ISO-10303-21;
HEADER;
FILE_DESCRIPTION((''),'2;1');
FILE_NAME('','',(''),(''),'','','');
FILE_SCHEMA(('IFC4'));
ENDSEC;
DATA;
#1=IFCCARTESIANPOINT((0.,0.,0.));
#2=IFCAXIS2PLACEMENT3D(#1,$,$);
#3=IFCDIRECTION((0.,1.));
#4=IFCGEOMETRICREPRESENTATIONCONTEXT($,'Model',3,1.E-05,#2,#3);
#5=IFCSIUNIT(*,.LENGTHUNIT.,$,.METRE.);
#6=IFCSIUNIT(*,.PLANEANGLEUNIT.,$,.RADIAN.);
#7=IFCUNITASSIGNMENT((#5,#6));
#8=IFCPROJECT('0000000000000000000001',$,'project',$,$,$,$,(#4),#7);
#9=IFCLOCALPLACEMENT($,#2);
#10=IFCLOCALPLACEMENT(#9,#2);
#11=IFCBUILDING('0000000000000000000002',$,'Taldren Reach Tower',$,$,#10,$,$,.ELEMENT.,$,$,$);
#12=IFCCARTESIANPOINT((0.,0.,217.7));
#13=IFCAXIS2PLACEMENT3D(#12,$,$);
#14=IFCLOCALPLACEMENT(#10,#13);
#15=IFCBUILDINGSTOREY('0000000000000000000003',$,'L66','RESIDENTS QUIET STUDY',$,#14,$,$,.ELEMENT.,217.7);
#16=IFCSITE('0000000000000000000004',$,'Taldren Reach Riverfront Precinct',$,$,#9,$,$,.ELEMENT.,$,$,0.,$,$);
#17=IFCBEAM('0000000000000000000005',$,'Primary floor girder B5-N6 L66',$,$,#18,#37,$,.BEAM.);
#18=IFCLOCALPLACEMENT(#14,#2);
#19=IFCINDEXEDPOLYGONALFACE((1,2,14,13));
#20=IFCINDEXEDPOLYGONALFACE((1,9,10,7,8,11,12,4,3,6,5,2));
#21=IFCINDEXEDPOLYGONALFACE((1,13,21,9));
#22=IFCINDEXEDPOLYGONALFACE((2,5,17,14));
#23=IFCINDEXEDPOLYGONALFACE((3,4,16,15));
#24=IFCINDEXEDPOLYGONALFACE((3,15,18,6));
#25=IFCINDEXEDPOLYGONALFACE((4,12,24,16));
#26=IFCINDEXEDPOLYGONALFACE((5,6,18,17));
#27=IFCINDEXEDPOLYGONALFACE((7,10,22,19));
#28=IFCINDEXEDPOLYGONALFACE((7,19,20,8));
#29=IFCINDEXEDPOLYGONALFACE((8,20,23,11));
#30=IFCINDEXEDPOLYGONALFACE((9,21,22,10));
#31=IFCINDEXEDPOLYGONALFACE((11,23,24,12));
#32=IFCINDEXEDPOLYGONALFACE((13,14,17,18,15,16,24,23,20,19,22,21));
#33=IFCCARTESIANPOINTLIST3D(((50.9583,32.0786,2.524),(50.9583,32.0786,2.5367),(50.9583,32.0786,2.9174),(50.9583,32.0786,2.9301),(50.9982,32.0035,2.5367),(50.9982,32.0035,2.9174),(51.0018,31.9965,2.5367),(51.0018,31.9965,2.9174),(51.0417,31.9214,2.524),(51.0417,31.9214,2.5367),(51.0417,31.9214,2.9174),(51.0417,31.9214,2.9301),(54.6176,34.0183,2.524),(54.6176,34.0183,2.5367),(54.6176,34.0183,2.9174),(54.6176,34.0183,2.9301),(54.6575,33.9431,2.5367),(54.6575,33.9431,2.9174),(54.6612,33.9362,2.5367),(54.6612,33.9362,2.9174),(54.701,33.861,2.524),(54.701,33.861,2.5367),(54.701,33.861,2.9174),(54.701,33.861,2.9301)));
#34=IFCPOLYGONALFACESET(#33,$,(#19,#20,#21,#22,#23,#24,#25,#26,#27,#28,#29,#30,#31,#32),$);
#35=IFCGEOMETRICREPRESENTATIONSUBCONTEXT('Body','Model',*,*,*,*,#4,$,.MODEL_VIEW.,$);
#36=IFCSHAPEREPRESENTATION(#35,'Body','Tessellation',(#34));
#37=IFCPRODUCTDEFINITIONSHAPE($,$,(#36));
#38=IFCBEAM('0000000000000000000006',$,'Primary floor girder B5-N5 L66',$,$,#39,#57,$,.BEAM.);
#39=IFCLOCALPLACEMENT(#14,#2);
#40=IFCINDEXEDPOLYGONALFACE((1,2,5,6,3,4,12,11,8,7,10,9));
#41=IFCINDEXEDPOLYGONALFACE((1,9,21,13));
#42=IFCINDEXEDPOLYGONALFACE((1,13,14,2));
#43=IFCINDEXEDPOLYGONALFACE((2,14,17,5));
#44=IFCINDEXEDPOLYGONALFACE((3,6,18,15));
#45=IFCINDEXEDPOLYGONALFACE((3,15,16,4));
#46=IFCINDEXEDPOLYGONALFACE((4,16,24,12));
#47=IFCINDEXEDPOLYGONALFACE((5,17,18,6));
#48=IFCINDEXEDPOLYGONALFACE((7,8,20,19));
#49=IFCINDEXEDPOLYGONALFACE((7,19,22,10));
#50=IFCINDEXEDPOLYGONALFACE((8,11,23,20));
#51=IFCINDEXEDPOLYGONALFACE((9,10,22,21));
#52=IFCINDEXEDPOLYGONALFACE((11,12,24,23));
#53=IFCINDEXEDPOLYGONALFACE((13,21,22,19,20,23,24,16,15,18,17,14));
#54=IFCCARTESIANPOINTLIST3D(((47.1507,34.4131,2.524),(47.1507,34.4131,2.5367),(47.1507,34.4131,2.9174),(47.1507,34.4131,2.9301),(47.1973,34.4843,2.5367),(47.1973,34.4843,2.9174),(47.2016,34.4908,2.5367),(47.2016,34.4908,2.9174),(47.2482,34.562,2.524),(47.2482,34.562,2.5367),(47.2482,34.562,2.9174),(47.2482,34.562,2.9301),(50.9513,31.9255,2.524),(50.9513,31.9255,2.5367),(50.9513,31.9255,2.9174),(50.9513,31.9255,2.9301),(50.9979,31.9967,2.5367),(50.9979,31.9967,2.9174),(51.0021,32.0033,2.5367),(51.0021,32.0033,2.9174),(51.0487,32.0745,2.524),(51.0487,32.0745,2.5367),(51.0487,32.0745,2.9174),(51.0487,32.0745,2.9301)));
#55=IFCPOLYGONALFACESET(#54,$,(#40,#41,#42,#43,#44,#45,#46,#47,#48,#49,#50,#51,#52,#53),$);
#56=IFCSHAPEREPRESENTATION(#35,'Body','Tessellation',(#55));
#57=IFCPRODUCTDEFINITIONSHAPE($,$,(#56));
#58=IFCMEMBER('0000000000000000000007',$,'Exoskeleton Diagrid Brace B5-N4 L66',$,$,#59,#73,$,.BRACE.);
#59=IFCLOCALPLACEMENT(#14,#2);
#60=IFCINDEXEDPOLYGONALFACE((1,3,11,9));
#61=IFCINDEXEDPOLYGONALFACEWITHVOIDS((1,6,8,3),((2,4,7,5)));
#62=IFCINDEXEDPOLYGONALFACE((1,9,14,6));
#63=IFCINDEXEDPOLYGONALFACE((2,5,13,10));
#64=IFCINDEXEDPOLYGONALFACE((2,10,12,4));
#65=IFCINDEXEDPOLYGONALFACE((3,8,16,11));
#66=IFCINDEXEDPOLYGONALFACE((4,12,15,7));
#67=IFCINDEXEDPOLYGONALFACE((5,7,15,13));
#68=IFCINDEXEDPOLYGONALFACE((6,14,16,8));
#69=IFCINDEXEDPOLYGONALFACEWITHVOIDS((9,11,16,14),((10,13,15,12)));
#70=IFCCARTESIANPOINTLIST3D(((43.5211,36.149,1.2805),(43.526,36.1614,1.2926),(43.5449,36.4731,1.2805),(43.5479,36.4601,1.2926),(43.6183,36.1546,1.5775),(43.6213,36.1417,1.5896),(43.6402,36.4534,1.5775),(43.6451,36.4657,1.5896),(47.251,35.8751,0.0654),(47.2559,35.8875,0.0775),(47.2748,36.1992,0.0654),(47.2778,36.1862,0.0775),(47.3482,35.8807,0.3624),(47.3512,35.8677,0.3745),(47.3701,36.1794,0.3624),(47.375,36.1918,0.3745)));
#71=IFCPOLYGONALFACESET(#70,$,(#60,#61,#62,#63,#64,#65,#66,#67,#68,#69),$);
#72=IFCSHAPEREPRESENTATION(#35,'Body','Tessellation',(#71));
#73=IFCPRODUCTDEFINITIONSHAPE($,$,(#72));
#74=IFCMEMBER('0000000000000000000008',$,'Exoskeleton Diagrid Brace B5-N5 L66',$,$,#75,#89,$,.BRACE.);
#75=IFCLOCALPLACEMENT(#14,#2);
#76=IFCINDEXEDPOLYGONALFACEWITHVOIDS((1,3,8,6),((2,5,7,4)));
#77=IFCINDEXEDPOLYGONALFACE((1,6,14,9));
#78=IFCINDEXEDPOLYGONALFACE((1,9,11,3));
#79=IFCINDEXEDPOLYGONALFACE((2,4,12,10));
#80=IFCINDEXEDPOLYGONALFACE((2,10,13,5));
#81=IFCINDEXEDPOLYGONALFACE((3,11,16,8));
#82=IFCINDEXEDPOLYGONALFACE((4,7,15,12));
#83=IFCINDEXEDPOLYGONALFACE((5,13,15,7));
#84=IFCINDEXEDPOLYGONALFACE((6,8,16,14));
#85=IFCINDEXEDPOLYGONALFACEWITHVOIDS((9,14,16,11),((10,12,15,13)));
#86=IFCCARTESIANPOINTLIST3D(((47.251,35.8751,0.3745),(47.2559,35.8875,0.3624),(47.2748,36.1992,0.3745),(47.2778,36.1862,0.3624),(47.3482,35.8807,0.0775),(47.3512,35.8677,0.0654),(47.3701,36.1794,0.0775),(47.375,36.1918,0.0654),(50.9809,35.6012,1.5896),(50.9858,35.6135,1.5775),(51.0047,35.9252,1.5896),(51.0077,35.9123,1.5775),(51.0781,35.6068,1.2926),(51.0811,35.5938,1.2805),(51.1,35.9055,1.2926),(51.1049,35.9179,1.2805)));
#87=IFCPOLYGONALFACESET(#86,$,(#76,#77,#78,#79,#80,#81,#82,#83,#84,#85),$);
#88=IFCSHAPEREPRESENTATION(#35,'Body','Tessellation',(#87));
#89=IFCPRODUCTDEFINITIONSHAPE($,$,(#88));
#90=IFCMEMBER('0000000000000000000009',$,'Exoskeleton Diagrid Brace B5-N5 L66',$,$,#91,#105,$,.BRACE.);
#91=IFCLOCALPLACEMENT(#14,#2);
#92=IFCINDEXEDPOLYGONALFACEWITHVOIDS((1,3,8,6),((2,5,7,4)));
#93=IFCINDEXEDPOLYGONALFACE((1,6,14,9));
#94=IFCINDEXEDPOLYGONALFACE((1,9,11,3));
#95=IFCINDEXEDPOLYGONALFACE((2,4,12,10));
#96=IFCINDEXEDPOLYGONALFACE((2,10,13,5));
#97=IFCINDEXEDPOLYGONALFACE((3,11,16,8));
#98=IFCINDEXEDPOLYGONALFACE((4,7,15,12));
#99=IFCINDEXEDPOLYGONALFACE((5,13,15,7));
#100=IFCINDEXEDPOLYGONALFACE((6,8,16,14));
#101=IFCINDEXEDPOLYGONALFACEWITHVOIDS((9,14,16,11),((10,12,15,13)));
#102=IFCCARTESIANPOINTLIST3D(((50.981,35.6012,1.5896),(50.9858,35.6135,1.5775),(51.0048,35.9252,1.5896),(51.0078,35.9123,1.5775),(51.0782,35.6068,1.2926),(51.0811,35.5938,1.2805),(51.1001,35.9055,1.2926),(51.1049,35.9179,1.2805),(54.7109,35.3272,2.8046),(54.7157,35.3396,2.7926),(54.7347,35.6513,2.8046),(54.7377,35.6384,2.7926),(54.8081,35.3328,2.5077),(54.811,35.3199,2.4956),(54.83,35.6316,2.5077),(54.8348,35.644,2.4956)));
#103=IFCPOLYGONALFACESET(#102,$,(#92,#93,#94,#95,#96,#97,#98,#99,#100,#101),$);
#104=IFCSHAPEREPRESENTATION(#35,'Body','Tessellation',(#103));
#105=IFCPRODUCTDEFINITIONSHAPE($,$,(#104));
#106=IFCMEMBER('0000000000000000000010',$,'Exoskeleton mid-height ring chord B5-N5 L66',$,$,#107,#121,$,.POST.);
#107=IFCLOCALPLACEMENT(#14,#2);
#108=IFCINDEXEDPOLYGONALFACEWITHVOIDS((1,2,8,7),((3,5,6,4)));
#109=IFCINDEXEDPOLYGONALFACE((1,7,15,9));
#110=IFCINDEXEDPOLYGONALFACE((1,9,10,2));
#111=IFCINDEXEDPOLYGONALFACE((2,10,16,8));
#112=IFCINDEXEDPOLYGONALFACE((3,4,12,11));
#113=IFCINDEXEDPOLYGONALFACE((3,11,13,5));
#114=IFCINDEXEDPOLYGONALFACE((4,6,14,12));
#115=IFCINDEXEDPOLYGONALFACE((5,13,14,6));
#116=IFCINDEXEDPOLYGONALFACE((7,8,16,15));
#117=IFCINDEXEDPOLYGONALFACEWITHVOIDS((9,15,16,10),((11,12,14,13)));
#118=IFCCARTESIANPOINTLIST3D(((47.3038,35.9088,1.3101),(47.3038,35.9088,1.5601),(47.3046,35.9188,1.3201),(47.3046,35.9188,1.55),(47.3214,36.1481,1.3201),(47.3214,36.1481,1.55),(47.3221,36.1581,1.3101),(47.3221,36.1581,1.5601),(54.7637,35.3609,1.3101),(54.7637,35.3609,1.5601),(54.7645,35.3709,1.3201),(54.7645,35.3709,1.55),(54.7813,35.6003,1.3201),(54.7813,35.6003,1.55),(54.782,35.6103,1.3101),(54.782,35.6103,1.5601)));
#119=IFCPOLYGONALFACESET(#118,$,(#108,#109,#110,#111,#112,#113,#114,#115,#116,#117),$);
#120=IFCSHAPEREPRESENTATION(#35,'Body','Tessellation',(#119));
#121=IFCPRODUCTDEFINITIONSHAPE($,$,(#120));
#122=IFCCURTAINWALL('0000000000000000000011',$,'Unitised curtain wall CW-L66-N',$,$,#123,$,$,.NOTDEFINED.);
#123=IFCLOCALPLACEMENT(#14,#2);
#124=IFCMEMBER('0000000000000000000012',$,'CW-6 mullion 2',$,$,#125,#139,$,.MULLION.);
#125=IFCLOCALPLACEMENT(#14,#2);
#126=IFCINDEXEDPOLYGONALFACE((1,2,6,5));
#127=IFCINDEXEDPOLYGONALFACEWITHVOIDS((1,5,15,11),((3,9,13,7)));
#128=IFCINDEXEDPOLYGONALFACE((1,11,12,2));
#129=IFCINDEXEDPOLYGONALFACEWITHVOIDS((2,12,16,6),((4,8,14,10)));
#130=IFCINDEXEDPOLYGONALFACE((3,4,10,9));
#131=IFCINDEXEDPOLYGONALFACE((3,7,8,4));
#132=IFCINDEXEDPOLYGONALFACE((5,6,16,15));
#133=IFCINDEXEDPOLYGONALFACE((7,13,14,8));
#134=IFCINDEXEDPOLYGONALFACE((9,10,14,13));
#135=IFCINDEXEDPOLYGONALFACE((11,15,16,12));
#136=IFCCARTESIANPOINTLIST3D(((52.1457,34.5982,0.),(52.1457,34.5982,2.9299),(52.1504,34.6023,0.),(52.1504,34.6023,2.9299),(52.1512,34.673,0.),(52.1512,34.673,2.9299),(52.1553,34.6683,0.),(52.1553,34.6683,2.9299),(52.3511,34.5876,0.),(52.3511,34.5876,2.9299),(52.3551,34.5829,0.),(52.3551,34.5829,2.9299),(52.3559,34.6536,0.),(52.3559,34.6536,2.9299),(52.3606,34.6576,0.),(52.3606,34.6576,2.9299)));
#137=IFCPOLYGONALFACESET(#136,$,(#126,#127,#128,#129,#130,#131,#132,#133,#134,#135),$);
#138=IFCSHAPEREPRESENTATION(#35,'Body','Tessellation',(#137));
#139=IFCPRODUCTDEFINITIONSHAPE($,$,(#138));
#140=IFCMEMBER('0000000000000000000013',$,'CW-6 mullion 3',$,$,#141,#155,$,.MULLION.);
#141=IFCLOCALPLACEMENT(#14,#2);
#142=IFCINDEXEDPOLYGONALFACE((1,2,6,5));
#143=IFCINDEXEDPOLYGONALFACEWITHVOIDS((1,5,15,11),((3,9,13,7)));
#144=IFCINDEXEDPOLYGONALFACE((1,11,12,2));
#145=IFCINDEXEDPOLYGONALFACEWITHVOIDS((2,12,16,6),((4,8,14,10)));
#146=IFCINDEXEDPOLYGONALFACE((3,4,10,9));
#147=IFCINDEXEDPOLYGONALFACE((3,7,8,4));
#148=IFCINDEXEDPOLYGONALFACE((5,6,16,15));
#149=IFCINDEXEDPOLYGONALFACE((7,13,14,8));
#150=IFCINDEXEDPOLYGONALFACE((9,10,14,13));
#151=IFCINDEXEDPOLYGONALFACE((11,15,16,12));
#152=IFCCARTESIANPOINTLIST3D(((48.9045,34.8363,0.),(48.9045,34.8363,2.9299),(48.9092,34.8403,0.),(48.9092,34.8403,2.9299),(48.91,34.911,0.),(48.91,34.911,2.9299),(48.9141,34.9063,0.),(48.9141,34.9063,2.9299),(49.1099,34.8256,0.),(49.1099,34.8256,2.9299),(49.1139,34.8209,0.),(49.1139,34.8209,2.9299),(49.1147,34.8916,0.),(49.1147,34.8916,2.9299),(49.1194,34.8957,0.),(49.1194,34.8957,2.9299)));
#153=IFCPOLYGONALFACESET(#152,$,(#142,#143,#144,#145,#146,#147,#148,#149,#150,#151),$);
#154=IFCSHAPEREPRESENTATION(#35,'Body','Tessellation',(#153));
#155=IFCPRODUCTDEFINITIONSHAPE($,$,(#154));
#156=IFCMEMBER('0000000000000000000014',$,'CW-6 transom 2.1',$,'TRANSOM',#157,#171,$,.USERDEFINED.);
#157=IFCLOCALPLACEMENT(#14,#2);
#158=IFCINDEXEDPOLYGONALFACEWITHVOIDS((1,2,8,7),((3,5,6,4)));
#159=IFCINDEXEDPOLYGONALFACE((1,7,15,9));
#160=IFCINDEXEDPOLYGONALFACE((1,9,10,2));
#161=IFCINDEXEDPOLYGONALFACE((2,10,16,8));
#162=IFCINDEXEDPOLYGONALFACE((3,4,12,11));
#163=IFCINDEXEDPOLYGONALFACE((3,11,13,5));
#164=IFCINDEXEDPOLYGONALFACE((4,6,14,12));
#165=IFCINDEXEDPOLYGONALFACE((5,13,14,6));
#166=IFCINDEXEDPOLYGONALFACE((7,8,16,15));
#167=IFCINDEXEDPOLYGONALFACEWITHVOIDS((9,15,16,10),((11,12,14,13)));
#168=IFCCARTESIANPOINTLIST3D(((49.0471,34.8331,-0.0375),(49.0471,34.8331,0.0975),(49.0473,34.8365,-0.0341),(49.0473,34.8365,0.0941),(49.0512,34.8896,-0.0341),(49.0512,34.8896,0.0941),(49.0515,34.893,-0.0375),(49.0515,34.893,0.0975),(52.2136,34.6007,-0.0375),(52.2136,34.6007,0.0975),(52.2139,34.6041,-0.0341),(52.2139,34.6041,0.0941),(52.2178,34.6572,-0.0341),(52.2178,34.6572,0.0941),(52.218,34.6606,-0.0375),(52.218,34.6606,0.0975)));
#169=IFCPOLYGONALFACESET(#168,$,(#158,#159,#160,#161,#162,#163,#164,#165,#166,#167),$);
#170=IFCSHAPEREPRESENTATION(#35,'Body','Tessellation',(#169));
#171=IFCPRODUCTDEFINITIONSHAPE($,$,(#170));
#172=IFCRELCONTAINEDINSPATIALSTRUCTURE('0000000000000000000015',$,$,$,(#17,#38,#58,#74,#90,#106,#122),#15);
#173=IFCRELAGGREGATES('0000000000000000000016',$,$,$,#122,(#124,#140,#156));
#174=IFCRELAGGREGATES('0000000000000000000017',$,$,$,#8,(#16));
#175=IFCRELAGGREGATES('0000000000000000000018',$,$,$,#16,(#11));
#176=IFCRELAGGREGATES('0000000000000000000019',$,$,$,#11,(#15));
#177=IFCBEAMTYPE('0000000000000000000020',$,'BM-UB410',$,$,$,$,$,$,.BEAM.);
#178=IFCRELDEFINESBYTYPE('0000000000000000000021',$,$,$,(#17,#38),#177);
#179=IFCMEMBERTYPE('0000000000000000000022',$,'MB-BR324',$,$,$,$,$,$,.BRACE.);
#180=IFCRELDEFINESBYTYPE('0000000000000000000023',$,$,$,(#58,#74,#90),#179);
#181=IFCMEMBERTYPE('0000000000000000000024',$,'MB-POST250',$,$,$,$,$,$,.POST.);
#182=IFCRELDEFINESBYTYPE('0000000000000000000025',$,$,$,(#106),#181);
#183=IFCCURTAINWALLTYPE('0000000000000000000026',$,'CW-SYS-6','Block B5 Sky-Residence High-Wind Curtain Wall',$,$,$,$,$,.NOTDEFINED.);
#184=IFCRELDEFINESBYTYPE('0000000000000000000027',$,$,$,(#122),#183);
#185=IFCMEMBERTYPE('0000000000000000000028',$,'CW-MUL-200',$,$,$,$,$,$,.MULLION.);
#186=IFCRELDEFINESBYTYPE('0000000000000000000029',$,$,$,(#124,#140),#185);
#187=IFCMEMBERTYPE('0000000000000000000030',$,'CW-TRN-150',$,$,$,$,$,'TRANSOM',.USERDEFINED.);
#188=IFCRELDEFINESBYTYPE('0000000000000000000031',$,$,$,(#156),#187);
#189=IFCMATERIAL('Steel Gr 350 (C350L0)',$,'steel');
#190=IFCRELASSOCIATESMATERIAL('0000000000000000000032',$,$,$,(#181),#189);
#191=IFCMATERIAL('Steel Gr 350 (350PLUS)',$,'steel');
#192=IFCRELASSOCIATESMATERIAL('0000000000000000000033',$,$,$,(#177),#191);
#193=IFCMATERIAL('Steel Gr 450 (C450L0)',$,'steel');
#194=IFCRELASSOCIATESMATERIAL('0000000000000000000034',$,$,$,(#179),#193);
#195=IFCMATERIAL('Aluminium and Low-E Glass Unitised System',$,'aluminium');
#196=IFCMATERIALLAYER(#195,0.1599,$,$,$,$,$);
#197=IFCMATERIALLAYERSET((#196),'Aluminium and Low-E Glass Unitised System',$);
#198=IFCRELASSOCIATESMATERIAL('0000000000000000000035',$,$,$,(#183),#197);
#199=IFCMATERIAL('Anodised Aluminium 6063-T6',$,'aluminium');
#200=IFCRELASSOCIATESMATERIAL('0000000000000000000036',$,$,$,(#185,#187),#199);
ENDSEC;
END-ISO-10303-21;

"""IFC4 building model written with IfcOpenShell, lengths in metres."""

from ifc_helpers import new_model, si_unit, direction, frame, origin, origin_2d, place, context, subcontext, project, spatial, hollow_rectangle, i_section, extrude, source, transform, mapped, material, layer, layer_set, material_profile, profile_set, type_object, element, aggregate, save


model = new_model("IFC4")

# Units and contexts
model_context = context("Model", 3, precision=1e-05, world=origin(), true_north=direction((0.0, 1.0)))
body_context = subcontext(model_context, "Body", "Model", "MODEL_VIEW")
ifc_project = project(units=[si_unit("LENGTHUNIT", "METRE"), si_unit("PLANEANGLEUNIT", "RADIAN")], contexts=[model_context])

# Site, building, storey
site_placement = place(None, origin())
site = spatial("IfcSite", under=ifc_project, at=site_placement, Name="Taldren Reach Riverfront Precinct", CompositionType="ELEMENT", RefElevation=0.0)
building_placement = place(site_placement, origin())
building = spatial("IfcBuilding", under=site, at=building_placement, Name="Taldren Reach Tower", CompositionType="ELEMENT")
storey_placement = place(building_placement, frame((0.0, 0.0, 217.7)))
storey = spatial("IfcBuildingStorey", under=building, at=storey_placement, Name="L66", Description="RESIDENTS QUIET STUDY", CompositionType="ELEMENT", Elevation=217.7)

# Shared definitions
ifc_material_1 = material(Name="Steel Gr 450 (C450L0)", Category="steel")
ifc_material_2 = material(Name="Steel Gr 350 (350PLUS)", Category="steel")

# Shared definitions
ifc_material_3 = material(Name="Steel Gr 350 (C350L0)", Category="steel")
ifc_material_profile_1 = material_profile(ifc_material_3, hollow_rectangle(XDim=0.25, YDim=0.25, WallThickness=0.01, at=origin_2d()), Name="250x250x10.0SHS")
ifc_profile_set_1 = profile_set([ifc_material_profile_1], Name="Steel Gr 350 (C350L0)")
member_type_1 = type_object("IfcMemberType", Name="MB-POST250", PredefinedType="POST", material=ifc_profile_set_1)

# Beams
ifc_material_profile_2 = material_profile(ifc_material_2, i_section(OverallWidth=0.178, OverallDepth=0.406, WebThickness=0.0078, FlangeThickness=0.0127, at=origin_2d()), Name="410UB59.7")
ifc_profile_set_2 = profile_set([ifc_material_profile_2], Name="Steel Gr 350 (350PLUS)")
beam_type_1 = type_object("IfcBeamType", Name="BM-UB410", PredefinedType="BEAM", material=ifc_profile_set_2)
shared_shape_1 = source(origin(), body_context, "Body", "SweptSolid", [
    extrude(i_section(OverallWidth=0.178, OverallDepth=0.406, WebThickness=0.0078, FlangeThickness=0.0127, at=origin_2d()), origin(), (0.0, 0.0, 1.0), 4.1416),
])
beam_1_placement = place(storey_placement, frame((51.0, 32.0, 2.7271), z_axis=(0.883553, 0.468332, 0.0), x_axis=(-0.468332, 0.883553, 0.0)))
element("IfcBeam", 1, at=beam_1_placement, inside=storey, type_object=beam_type_1, Name="Primary floor girder B5-N6 L66", PredefinedType="BEAM", context=body_context, shape_type="MappedRepresentation", body=[
    mapped(shared_shape_1, transform((0.0, 0.0, 0.0), scale=1.0)),
])
shared_shape_2 = source(origin(), body_context, "Body", "SweptSolid", [
    extrude(i_section(OverallWidth=0.178, OverallDepth=0.406, WebThickness=0.0078, FlangeThickness=0.0127, at=origin_2d()), origin(), (0.0, 0.0, 1.0), 4.5422),
])
beam_2_placement = place(storey_placement, frame((51.0, 32.0, 2.7271), z_axis=(-0.836709, 0.547648, 0.0), x_axis=(-0.547648, -0.836709, 0.0)))
element("IfcBeam", 2, at=beam_2_placement, inside=storey, type_object=beam_type_1, Name="Primary floor girder B5-N5 L66", PredefinedType="BEAM", context=body_context, shape_type="MappedRepresentation", body=[
    mapped(shared_shape_2, transform((0.0, 0.0, 0.0), scale=1.0)),
])

# Members
ifc_material_profile_3 = material_profile(ifc_material_1, hollow_rectangle(XDim=0.325, YDim=0.325, WallThickness=0.0127, at=origin_2d()), Name="325x325x12.7SHS")
ifc_profile_set_3 = profile_set([ifc_material_profile_3], Name="Steel Gr 450 (C450L0)")
member_type_2 = type_object("IfcMemberType", Name="MB-BR324", PredefinedType="BRACE", material=ifc_profile_set_3)
shared_shape_3 = source(origin(), body_context, "Body", "SweptSolid", [
    extrude(hollow_rectangle(XDim=0.325, YDim=0.325, WallThickness=0.0127, at=origin_2d()), origin(), (0.0, 0.0, 1.0), 3.9324),
])
for number, where, z_axis, x_axis, name in (
    (3, (47.313, 36.0334, 0.22), (-0.948511, 0.069658, 0.308989), (-0.073242, -0.997314, 0.0), "Exoskeleton Diagrid Brace B5-N4 L66"),
    (4, (47.313, 36.0334, 0.22), (0.948511, -0.069658, 0.308989), (0.073242, 0.997314, 0.0), "Exoskeleton Diagrid Brace B5-N5 L66"),
    (5, (51.043, 35.7595, 1.4351), (0.948511, -0.069658, 0.308989), (0.073242, 0.997314, 0.0), "Exoskeleton Diagrid Brace B5-N5 L66"),
):
    element("IfcMember", number, at=place(storey_placement, frame(where, z_axis=z_axis, x_axis=x_axis)), inside=storey, type_object=member_type_2, Name=name, PredefinedType="BRACE", context=body_context, shape_type="MappedRepresentation", body=[
        mapped(shared_shape_3, transform((0.0, 0.0, 0.0), scale=1.0)),
    ])
shared_shape_4 = source(origin(), body_context, "Body", "SweptSolid", [
    extrude(hollow_rectangle(XDim=0.25, YDim=0.25, WallThickness=0.01, at=origin_2d()), origin(), (0.0, 0.0, 1.0), 7.48),
])
member_1_placement = place(storey_placement, frame((47.313, 36.0334, 1.4351), z_axis=(0.997314, -0.073242, 0.0), x_axis=(0.073242, 0.997314, 0.0)))
element("IfcMember", 6, at=member_1_placement, inside=storey, type_object=member_type_1, Name="Exoskeleton mid-height ring chord B5-N5 L66", PredefinedType="POST", context=body_context, shape_type="MappedRepresentation", body=[
    mapped(shared_shape_4, transform((0.0, 0.0, 0.0), scale=1.0)),
])

# Curtain wall, members
ifc_material_4 = material(Name="Aluminium and Low-E Glass Unitised System", Category="aluminium")
ifc_layer_1 = layer(ifc_material_4, 0.1599)
ifc_layer_set_1 = layer_set([ifc_layer_1], Name="Aluminium and Low-E Glass Unitised System")
curtain_wall_type = type_object("IfcCurtainWallType", Name="CW-SYS-6", Description="Block B5 Sky-Residence High-Wind Curtain Wall", PredefinedType="NOTDEFINED", material=ifc_layer_set_1)
curtain_wall_placement = place(storey_placement, origin())
curtain_wall = element("IfcCurtainWall", 7, at=curtain_wall_placement, inside=storey, type_object=curtain_wall_type, Name="Unitised curtain wall CW-L66-N", PredefinedType="NOTDEFINED")
ifc_material_5 = material(Name="Anodised Aluminium 6063-T6", Category="aluminium")
ifc_material_profile_4 = material_profile(ifc_material_5, hollow_rectangle(XDim=0.075, YDim=0.21, WallThickness=0.0044, at=origin_2d()), Name="ALU-210x75x4.5RHS")
ifc_profile_set_4 = profile_set([ifc_material_profile_4], Name="Anodised Aluminium 6063-T6")
member_type_3 = type_object("IfcMemberType", Name="CW-MUL-200", PredefinedType="MULLION", material=ifc_profile_set_4)
shared_shape_5 = source(origin(), body_context, "Body", "SweptSolid", [
    extrude(hollow_rectangle(XDim=0.075, YDim=0.21, WallThickness=0.0044, at=origin_2d()), origin(), (0.0, 0.0, 1.0), 2.9299),
])
member_2_placement = place(storey_placement, frame((52.2532, 34.6279, 0.0), z_axis=(0.0, 0.0, 1.0), x_axis=(-0.073238, -0.997314, 0.0)))
member_2 = element("IfcMember", 8, at=member_2_placement, type_object=member_type_3, Name="CW-6 mullion 2", PredefinedType="MULLION", context=body_context, shape_type="MappedRepresentation", body=[
    mapped(shared_shape_5, transform((0.0, 0.0, 0.0), scale=1.0)),
])
member_3_placement = place(storey_placement, frame((49.012, 34.866, 0.0), z_axis=(0.0, 0.0, 1.0), x_axis=(-0.073238, -0.997314, 0.0)))
member_3 = element("IfcMember", 9, at=member_3_placement, type_object=member_type_3, Name="CW-6 mullion 3", PredefinedType="MULLION", context=body_context, shape_type="MappedRepresentation", body=[
    mapped(shared_shape_5, transform((0.0, 0.0, 0.0), scale=1.0)),
])
ifc_material_profile_5 = material_profile(ifc_material_5, hollow_rectangle(XDim=0.0601, YDim=0.135, WallThickness=0.0034, at=origin_2d()), Name="ALU-135x60x3.5RHS")
ifc_profile_set_5 = profile_set([ifc_material_profile_5], Name="Anodised Aluminium 6063-T6")
member_type_4 = type_object("IfcMemberType", Name="CW-TRN-150", ElementType="TRANSOM", PredefinedType="USERDEFINED", material=ifc_profile_set_5)
shared_shape_6 = source(origin(), body_context, "Body", "SweptSolid", [
    extrude(hollow_rectangle(XDim=0.0601, YDim=0.135, WallThickness=0.0034, at=origin_2d()), origin(), (0.0, 0.0, 1.0), 3.175),
])
member_4_placement = place(storey_placement, frame((52.2158, 34.6306, 0.03), z_axis=(-0.997317, 0.073203, 0.0), x_axis=(-0.073203, -0.997317, 0.0)))
member_4 = element("IfcMember", 10, at=member_4_placement, type_object=member_type_4, Name="CW-6 transom 2.1", ObjectType="TRANSOM", PredefinedType="USERDEFINED", context=body_context, shape_type="MappedRepresentation", body=[
    mapped(shared_shape_6, transform((0.0, 0.0, 0.0), scale=1.0)),
])

aggregate(curtain_wall, [member_2, member_3, member_4])

save(model, "model.ifc")
